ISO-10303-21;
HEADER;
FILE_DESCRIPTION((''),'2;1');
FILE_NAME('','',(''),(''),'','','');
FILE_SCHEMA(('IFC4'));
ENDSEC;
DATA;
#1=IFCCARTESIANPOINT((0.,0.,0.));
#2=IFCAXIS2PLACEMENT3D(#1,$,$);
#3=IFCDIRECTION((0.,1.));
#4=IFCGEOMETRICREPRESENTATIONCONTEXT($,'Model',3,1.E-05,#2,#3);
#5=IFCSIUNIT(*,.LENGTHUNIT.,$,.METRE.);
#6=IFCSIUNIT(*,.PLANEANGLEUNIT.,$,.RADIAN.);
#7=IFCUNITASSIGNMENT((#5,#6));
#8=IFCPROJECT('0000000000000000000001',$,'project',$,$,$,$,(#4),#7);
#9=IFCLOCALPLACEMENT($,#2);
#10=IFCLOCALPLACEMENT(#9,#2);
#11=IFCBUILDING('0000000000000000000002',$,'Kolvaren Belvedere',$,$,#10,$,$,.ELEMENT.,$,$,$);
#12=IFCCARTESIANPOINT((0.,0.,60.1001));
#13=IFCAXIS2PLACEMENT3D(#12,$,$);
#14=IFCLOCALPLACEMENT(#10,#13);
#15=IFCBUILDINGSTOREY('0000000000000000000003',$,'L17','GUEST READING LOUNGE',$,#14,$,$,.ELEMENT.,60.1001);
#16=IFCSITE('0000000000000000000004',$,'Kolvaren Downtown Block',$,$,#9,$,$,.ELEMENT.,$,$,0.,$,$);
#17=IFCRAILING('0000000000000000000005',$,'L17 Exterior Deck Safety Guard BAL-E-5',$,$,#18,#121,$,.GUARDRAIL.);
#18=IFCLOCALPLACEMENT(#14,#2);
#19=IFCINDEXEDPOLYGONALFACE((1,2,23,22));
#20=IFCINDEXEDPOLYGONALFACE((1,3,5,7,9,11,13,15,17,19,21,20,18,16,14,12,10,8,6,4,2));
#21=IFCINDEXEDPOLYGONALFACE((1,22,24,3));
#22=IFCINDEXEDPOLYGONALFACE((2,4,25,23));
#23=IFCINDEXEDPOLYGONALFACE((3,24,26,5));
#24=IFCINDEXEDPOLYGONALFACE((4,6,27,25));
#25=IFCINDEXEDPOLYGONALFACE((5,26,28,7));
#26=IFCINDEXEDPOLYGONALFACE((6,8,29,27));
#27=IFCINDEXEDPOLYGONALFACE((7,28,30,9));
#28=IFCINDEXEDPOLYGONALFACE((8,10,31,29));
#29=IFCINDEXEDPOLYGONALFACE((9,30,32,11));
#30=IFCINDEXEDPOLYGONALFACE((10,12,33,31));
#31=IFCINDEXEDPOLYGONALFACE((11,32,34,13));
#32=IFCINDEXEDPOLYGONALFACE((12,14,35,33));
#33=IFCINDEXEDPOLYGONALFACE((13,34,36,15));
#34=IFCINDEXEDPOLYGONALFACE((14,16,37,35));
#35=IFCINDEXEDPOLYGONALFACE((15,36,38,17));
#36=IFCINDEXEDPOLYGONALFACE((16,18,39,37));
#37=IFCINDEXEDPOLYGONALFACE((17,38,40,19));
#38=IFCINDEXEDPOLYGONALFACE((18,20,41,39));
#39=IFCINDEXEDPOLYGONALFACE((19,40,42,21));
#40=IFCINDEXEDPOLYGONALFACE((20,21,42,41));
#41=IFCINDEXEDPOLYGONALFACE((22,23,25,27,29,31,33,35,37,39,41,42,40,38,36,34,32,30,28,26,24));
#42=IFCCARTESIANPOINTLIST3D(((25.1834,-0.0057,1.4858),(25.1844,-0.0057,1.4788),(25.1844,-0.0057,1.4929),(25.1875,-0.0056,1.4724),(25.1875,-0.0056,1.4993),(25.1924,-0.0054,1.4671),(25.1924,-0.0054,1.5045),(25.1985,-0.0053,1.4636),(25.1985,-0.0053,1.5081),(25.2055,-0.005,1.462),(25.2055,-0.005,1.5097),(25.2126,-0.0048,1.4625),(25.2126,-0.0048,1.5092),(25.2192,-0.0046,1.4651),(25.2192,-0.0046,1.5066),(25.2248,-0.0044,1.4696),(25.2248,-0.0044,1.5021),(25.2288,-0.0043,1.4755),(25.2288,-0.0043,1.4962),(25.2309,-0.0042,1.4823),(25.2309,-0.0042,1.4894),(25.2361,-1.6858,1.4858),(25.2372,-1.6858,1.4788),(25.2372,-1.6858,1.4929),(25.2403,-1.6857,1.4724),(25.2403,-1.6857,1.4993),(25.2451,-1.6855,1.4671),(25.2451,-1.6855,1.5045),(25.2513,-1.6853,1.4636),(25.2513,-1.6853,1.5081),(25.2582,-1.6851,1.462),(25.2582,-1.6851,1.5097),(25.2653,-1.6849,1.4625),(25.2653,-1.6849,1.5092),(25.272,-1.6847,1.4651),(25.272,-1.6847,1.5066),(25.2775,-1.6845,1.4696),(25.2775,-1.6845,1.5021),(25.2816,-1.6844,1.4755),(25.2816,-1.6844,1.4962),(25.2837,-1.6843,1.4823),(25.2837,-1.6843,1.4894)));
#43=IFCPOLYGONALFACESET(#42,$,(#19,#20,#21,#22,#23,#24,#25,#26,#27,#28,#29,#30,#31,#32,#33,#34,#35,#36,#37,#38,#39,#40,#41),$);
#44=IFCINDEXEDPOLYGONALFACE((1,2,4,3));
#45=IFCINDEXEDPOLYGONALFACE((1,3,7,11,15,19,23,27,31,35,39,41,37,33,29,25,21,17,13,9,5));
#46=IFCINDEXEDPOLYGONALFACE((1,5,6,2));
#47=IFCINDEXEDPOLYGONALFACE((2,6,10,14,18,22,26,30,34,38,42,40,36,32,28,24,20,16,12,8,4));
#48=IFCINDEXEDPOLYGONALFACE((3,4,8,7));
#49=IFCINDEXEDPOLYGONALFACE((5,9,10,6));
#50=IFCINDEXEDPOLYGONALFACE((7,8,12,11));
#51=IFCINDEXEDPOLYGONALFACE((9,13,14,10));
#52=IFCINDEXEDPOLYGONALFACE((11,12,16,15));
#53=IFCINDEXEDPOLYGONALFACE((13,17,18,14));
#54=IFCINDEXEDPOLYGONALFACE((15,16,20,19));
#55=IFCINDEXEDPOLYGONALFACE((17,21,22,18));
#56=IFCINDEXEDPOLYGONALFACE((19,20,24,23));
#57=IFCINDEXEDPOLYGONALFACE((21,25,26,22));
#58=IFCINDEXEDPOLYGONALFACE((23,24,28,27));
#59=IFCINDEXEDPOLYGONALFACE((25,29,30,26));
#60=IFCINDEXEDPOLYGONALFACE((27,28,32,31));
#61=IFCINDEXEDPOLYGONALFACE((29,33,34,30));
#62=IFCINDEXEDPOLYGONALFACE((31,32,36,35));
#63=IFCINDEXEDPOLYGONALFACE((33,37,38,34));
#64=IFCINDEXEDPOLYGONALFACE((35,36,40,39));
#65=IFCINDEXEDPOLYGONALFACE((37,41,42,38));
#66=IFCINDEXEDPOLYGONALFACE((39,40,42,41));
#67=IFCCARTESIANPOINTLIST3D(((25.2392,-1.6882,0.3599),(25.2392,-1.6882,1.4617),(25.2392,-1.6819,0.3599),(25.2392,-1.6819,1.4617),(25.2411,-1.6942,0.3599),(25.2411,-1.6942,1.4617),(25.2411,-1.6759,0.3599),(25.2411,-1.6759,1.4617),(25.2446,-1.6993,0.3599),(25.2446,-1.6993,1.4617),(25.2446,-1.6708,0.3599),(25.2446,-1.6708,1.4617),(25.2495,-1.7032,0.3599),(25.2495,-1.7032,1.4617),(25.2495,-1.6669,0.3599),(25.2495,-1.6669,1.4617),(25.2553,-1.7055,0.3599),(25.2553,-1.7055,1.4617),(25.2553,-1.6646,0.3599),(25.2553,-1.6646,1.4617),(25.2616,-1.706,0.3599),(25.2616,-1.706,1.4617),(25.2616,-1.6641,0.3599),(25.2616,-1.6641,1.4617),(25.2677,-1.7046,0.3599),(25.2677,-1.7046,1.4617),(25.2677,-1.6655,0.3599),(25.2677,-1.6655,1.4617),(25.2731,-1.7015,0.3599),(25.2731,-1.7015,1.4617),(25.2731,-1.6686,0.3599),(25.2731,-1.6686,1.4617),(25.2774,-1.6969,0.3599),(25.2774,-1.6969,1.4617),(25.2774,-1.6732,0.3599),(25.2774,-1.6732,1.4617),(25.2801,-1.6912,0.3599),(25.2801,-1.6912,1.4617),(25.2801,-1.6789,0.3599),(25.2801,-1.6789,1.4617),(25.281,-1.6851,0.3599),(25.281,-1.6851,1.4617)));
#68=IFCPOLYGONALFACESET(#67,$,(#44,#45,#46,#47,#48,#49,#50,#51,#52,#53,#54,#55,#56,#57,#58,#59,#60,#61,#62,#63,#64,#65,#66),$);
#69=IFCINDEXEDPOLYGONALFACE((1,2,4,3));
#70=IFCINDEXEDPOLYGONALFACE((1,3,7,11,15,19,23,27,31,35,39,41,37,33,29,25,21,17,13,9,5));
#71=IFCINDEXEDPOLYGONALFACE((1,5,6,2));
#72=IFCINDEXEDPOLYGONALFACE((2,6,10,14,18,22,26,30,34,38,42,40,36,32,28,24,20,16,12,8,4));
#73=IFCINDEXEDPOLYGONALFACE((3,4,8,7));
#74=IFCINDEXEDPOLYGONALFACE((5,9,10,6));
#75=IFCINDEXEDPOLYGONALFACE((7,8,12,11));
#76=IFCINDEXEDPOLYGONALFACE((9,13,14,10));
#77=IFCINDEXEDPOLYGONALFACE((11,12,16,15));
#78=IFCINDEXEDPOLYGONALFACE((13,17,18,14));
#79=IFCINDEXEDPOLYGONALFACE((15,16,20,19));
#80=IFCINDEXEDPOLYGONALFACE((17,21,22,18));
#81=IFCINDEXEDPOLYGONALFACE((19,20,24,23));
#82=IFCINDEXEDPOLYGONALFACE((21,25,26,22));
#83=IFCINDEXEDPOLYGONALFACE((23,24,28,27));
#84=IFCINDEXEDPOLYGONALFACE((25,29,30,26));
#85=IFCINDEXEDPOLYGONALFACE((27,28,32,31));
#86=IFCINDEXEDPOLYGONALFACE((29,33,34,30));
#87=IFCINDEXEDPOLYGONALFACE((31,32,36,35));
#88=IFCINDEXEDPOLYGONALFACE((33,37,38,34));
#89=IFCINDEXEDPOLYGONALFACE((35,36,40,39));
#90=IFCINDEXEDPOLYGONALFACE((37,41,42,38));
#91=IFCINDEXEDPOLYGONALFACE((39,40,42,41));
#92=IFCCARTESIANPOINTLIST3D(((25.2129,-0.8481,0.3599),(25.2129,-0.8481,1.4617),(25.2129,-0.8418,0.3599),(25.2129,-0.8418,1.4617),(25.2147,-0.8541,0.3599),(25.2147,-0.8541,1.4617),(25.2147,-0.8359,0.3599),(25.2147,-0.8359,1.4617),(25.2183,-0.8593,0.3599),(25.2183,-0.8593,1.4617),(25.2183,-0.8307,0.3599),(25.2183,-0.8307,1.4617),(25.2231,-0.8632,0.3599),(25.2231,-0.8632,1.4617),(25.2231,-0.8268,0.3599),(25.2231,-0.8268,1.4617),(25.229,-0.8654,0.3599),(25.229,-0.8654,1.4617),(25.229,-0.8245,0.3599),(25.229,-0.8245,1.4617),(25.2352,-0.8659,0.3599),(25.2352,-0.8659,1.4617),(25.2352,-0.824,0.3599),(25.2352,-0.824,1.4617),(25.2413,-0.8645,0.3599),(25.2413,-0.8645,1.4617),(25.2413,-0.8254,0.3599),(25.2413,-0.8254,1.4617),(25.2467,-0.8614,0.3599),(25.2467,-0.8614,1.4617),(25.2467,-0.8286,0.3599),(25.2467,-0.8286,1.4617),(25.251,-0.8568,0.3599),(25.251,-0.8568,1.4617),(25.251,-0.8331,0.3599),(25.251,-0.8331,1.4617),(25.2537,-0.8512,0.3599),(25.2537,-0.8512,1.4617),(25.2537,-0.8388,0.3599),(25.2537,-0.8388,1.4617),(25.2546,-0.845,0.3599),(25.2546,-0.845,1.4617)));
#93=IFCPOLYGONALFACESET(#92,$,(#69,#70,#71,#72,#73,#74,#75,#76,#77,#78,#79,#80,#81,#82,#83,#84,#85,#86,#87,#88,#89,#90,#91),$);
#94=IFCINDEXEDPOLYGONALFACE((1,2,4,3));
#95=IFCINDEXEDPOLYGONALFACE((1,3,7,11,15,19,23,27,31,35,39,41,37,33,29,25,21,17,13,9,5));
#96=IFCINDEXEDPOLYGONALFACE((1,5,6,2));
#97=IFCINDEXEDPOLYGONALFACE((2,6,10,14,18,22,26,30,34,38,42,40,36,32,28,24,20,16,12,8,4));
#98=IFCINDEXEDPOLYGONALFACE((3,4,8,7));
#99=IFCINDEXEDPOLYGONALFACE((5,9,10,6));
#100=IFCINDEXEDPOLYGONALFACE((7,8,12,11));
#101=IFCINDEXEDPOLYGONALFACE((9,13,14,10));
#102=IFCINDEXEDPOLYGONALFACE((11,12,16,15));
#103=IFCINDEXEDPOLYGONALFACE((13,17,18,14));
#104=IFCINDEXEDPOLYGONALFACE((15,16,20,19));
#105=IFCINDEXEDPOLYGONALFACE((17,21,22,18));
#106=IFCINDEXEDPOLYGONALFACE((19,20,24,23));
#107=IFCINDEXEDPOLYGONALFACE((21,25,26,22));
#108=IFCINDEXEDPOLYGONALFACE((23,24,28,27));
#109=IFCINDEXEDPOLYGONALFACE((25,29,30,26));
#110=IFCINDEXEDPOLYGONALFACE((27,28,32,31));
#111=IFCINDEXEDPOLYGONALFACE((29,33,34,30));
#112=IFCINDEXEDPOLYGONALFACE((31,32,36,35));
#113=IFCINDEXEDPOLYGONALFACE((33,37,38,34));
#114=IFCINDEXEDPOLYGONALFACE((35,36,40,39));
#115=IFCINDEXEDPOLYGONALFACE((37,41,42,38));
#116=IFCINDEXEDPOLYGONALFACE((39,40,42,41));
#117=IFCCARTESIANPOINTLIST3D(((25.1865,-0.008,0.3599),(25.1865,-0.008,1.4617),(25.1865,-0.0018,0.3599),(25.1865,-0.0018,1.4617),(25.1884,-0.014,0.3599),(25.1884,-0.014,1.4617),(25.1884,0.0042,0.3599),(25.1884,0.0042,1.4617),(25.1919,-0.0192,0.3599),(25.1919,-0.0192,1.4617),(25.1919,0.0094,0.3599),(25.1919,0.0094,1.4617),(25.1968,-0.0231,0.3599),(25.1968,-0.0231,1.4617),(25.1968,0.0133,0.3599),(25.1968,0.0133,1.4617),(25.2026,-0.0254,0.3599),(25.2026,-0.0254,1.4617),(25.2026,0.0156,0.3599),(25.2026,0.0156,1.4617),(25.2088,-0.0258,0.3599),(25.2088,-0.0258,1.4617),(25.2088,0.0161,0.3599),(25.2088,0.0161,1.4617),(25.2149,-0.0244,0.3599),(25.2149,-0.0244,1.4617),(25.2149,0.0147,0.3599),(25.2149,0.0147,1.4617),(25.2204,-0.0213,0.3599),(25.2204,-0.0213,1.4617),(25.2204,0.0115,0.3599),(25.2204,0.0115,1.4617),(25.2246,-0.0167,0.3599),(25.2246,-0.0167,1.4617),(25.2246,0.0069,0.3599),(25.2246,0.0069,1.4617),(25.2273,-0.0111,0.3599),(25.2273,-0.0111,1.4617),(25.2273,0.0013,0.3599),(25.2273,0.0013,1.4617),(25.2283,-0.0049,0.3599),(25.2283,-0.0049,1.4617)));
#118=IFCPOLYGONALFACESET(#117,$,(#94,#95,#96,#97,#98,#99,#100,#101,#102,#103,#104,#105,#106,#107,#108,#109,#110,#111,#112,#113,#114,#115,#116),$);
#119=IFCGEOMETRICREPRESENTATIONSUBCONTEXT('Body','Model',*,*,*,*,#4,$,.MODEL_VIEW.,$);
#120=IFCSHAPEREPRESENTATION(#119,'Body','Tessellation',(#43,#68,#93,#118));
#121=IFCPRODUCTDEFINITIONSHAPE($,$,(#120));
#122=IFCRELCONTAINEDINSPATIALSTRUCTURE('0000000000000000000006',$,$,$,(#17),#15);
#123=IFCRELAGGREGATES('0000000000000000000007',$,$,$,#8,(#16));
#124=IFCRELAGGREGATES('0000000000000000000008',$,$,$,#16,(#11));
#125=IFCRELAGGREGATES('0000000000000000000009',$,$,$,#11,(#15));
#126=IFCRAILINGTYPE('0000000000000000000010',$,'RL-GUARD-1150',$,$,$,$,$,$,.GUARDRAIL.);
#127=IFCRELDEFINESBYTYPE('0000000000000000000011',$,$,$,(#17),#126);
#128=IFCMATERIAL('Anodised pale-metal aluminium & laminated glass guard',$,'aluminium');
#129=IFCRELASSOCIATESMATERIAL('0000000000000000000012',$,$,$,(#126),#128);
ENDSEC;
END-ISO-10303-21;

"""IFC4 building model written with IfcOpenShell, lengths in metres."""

from ifc_helpers import new_model, si_unit, direction, frame, origin, origin_2d, place, context, subcontext, project, spatial, circle, extrude, material, type_object, element, save


model = new_model("IFC4")

# Units and contexts
model_context = context("Model", 3, precision=1e-05, world=origin(), true_north=direction((0.0, 1.0)))
body_context = subcontext(model_context, "Body", "Model", "MODEL_VIEW")
ifc_project = project(units=[si_unit("LENGTHUNIT", "METRE"), si_unit("PLANEANGLEUNIT", "RADIAN")], contexts=[model_context])

# Site, building, storey
site_placement = place(None, origin())
site = spatial("IfcSite", under=ifc_project, at=site_placement, Name="Kolvaren Downtown Block", CompositionType="ELEMENT", RefElevation=0.0)
building_placement = place(site_placement, origin())
building = spatial("IfcBuilding", under=site, at=building_placement, Name="Kolvaren Belvedere", CompositionType="ELEMENT")
storey_placement = place(building_placement, frame((0.0, 0.0, 60.1001)))
storey = spatial("IfcBuildingStorey", under=building, at=storey_placement, Name="L17", Description="GUEST READING LOUNGE", CompositionType="ELEMENT", Elevation=60.1001)

# Railing
ifc_material_1 = material(Name="Anodised pale-metal aluminium & laminated glass guard", Category="aluminium")
railing_type = type_object("IfcRailingType", Name="RL-GUARD-1150", PredefinedType="GUARDRAIL", material=ifc_material_1)
railing_1_placement = place(storey_placement, frame((25.26, -1.6851, 0.3599)))
element("IfcRailing", 1, at=railing_1_placement, inside=storey, type_object=railing_type, Name="L17 Exterior Deck Safety Guard BAL-E-5", PredefinedType="GUARDRAIL", context=body_context, shape_type="SweptSolid", body=[
    extrude(circle(Radius=0.0239, at=origin_2d()), frame((0.0, 0.0, 1.126), z_axis=(-0.031371, 0.999508, 0.0), x_axis=(-0.999508, -0.031371, 0.0)), (0.0, 0.0, 1.0), 1.6809),
    extrude(circle(Radius=0.021, at=origin_2d()), origin(), (0.0, 0.0, 1.0), 1.1018),
    extrude(circle(Radius=0.021, at=origin_2d()), frame((-0.0264, 0.8401, 0.0)), (0.0, 0.0, 1.0), 1.1018),
    extrude(circle(Radius=0.021, at=origin_2d()), frame((-0.0527, 1.6802, 0.0)), (0.0, 0.0, 1.0), 1.1018),
])

save(model, "model.ifc")
